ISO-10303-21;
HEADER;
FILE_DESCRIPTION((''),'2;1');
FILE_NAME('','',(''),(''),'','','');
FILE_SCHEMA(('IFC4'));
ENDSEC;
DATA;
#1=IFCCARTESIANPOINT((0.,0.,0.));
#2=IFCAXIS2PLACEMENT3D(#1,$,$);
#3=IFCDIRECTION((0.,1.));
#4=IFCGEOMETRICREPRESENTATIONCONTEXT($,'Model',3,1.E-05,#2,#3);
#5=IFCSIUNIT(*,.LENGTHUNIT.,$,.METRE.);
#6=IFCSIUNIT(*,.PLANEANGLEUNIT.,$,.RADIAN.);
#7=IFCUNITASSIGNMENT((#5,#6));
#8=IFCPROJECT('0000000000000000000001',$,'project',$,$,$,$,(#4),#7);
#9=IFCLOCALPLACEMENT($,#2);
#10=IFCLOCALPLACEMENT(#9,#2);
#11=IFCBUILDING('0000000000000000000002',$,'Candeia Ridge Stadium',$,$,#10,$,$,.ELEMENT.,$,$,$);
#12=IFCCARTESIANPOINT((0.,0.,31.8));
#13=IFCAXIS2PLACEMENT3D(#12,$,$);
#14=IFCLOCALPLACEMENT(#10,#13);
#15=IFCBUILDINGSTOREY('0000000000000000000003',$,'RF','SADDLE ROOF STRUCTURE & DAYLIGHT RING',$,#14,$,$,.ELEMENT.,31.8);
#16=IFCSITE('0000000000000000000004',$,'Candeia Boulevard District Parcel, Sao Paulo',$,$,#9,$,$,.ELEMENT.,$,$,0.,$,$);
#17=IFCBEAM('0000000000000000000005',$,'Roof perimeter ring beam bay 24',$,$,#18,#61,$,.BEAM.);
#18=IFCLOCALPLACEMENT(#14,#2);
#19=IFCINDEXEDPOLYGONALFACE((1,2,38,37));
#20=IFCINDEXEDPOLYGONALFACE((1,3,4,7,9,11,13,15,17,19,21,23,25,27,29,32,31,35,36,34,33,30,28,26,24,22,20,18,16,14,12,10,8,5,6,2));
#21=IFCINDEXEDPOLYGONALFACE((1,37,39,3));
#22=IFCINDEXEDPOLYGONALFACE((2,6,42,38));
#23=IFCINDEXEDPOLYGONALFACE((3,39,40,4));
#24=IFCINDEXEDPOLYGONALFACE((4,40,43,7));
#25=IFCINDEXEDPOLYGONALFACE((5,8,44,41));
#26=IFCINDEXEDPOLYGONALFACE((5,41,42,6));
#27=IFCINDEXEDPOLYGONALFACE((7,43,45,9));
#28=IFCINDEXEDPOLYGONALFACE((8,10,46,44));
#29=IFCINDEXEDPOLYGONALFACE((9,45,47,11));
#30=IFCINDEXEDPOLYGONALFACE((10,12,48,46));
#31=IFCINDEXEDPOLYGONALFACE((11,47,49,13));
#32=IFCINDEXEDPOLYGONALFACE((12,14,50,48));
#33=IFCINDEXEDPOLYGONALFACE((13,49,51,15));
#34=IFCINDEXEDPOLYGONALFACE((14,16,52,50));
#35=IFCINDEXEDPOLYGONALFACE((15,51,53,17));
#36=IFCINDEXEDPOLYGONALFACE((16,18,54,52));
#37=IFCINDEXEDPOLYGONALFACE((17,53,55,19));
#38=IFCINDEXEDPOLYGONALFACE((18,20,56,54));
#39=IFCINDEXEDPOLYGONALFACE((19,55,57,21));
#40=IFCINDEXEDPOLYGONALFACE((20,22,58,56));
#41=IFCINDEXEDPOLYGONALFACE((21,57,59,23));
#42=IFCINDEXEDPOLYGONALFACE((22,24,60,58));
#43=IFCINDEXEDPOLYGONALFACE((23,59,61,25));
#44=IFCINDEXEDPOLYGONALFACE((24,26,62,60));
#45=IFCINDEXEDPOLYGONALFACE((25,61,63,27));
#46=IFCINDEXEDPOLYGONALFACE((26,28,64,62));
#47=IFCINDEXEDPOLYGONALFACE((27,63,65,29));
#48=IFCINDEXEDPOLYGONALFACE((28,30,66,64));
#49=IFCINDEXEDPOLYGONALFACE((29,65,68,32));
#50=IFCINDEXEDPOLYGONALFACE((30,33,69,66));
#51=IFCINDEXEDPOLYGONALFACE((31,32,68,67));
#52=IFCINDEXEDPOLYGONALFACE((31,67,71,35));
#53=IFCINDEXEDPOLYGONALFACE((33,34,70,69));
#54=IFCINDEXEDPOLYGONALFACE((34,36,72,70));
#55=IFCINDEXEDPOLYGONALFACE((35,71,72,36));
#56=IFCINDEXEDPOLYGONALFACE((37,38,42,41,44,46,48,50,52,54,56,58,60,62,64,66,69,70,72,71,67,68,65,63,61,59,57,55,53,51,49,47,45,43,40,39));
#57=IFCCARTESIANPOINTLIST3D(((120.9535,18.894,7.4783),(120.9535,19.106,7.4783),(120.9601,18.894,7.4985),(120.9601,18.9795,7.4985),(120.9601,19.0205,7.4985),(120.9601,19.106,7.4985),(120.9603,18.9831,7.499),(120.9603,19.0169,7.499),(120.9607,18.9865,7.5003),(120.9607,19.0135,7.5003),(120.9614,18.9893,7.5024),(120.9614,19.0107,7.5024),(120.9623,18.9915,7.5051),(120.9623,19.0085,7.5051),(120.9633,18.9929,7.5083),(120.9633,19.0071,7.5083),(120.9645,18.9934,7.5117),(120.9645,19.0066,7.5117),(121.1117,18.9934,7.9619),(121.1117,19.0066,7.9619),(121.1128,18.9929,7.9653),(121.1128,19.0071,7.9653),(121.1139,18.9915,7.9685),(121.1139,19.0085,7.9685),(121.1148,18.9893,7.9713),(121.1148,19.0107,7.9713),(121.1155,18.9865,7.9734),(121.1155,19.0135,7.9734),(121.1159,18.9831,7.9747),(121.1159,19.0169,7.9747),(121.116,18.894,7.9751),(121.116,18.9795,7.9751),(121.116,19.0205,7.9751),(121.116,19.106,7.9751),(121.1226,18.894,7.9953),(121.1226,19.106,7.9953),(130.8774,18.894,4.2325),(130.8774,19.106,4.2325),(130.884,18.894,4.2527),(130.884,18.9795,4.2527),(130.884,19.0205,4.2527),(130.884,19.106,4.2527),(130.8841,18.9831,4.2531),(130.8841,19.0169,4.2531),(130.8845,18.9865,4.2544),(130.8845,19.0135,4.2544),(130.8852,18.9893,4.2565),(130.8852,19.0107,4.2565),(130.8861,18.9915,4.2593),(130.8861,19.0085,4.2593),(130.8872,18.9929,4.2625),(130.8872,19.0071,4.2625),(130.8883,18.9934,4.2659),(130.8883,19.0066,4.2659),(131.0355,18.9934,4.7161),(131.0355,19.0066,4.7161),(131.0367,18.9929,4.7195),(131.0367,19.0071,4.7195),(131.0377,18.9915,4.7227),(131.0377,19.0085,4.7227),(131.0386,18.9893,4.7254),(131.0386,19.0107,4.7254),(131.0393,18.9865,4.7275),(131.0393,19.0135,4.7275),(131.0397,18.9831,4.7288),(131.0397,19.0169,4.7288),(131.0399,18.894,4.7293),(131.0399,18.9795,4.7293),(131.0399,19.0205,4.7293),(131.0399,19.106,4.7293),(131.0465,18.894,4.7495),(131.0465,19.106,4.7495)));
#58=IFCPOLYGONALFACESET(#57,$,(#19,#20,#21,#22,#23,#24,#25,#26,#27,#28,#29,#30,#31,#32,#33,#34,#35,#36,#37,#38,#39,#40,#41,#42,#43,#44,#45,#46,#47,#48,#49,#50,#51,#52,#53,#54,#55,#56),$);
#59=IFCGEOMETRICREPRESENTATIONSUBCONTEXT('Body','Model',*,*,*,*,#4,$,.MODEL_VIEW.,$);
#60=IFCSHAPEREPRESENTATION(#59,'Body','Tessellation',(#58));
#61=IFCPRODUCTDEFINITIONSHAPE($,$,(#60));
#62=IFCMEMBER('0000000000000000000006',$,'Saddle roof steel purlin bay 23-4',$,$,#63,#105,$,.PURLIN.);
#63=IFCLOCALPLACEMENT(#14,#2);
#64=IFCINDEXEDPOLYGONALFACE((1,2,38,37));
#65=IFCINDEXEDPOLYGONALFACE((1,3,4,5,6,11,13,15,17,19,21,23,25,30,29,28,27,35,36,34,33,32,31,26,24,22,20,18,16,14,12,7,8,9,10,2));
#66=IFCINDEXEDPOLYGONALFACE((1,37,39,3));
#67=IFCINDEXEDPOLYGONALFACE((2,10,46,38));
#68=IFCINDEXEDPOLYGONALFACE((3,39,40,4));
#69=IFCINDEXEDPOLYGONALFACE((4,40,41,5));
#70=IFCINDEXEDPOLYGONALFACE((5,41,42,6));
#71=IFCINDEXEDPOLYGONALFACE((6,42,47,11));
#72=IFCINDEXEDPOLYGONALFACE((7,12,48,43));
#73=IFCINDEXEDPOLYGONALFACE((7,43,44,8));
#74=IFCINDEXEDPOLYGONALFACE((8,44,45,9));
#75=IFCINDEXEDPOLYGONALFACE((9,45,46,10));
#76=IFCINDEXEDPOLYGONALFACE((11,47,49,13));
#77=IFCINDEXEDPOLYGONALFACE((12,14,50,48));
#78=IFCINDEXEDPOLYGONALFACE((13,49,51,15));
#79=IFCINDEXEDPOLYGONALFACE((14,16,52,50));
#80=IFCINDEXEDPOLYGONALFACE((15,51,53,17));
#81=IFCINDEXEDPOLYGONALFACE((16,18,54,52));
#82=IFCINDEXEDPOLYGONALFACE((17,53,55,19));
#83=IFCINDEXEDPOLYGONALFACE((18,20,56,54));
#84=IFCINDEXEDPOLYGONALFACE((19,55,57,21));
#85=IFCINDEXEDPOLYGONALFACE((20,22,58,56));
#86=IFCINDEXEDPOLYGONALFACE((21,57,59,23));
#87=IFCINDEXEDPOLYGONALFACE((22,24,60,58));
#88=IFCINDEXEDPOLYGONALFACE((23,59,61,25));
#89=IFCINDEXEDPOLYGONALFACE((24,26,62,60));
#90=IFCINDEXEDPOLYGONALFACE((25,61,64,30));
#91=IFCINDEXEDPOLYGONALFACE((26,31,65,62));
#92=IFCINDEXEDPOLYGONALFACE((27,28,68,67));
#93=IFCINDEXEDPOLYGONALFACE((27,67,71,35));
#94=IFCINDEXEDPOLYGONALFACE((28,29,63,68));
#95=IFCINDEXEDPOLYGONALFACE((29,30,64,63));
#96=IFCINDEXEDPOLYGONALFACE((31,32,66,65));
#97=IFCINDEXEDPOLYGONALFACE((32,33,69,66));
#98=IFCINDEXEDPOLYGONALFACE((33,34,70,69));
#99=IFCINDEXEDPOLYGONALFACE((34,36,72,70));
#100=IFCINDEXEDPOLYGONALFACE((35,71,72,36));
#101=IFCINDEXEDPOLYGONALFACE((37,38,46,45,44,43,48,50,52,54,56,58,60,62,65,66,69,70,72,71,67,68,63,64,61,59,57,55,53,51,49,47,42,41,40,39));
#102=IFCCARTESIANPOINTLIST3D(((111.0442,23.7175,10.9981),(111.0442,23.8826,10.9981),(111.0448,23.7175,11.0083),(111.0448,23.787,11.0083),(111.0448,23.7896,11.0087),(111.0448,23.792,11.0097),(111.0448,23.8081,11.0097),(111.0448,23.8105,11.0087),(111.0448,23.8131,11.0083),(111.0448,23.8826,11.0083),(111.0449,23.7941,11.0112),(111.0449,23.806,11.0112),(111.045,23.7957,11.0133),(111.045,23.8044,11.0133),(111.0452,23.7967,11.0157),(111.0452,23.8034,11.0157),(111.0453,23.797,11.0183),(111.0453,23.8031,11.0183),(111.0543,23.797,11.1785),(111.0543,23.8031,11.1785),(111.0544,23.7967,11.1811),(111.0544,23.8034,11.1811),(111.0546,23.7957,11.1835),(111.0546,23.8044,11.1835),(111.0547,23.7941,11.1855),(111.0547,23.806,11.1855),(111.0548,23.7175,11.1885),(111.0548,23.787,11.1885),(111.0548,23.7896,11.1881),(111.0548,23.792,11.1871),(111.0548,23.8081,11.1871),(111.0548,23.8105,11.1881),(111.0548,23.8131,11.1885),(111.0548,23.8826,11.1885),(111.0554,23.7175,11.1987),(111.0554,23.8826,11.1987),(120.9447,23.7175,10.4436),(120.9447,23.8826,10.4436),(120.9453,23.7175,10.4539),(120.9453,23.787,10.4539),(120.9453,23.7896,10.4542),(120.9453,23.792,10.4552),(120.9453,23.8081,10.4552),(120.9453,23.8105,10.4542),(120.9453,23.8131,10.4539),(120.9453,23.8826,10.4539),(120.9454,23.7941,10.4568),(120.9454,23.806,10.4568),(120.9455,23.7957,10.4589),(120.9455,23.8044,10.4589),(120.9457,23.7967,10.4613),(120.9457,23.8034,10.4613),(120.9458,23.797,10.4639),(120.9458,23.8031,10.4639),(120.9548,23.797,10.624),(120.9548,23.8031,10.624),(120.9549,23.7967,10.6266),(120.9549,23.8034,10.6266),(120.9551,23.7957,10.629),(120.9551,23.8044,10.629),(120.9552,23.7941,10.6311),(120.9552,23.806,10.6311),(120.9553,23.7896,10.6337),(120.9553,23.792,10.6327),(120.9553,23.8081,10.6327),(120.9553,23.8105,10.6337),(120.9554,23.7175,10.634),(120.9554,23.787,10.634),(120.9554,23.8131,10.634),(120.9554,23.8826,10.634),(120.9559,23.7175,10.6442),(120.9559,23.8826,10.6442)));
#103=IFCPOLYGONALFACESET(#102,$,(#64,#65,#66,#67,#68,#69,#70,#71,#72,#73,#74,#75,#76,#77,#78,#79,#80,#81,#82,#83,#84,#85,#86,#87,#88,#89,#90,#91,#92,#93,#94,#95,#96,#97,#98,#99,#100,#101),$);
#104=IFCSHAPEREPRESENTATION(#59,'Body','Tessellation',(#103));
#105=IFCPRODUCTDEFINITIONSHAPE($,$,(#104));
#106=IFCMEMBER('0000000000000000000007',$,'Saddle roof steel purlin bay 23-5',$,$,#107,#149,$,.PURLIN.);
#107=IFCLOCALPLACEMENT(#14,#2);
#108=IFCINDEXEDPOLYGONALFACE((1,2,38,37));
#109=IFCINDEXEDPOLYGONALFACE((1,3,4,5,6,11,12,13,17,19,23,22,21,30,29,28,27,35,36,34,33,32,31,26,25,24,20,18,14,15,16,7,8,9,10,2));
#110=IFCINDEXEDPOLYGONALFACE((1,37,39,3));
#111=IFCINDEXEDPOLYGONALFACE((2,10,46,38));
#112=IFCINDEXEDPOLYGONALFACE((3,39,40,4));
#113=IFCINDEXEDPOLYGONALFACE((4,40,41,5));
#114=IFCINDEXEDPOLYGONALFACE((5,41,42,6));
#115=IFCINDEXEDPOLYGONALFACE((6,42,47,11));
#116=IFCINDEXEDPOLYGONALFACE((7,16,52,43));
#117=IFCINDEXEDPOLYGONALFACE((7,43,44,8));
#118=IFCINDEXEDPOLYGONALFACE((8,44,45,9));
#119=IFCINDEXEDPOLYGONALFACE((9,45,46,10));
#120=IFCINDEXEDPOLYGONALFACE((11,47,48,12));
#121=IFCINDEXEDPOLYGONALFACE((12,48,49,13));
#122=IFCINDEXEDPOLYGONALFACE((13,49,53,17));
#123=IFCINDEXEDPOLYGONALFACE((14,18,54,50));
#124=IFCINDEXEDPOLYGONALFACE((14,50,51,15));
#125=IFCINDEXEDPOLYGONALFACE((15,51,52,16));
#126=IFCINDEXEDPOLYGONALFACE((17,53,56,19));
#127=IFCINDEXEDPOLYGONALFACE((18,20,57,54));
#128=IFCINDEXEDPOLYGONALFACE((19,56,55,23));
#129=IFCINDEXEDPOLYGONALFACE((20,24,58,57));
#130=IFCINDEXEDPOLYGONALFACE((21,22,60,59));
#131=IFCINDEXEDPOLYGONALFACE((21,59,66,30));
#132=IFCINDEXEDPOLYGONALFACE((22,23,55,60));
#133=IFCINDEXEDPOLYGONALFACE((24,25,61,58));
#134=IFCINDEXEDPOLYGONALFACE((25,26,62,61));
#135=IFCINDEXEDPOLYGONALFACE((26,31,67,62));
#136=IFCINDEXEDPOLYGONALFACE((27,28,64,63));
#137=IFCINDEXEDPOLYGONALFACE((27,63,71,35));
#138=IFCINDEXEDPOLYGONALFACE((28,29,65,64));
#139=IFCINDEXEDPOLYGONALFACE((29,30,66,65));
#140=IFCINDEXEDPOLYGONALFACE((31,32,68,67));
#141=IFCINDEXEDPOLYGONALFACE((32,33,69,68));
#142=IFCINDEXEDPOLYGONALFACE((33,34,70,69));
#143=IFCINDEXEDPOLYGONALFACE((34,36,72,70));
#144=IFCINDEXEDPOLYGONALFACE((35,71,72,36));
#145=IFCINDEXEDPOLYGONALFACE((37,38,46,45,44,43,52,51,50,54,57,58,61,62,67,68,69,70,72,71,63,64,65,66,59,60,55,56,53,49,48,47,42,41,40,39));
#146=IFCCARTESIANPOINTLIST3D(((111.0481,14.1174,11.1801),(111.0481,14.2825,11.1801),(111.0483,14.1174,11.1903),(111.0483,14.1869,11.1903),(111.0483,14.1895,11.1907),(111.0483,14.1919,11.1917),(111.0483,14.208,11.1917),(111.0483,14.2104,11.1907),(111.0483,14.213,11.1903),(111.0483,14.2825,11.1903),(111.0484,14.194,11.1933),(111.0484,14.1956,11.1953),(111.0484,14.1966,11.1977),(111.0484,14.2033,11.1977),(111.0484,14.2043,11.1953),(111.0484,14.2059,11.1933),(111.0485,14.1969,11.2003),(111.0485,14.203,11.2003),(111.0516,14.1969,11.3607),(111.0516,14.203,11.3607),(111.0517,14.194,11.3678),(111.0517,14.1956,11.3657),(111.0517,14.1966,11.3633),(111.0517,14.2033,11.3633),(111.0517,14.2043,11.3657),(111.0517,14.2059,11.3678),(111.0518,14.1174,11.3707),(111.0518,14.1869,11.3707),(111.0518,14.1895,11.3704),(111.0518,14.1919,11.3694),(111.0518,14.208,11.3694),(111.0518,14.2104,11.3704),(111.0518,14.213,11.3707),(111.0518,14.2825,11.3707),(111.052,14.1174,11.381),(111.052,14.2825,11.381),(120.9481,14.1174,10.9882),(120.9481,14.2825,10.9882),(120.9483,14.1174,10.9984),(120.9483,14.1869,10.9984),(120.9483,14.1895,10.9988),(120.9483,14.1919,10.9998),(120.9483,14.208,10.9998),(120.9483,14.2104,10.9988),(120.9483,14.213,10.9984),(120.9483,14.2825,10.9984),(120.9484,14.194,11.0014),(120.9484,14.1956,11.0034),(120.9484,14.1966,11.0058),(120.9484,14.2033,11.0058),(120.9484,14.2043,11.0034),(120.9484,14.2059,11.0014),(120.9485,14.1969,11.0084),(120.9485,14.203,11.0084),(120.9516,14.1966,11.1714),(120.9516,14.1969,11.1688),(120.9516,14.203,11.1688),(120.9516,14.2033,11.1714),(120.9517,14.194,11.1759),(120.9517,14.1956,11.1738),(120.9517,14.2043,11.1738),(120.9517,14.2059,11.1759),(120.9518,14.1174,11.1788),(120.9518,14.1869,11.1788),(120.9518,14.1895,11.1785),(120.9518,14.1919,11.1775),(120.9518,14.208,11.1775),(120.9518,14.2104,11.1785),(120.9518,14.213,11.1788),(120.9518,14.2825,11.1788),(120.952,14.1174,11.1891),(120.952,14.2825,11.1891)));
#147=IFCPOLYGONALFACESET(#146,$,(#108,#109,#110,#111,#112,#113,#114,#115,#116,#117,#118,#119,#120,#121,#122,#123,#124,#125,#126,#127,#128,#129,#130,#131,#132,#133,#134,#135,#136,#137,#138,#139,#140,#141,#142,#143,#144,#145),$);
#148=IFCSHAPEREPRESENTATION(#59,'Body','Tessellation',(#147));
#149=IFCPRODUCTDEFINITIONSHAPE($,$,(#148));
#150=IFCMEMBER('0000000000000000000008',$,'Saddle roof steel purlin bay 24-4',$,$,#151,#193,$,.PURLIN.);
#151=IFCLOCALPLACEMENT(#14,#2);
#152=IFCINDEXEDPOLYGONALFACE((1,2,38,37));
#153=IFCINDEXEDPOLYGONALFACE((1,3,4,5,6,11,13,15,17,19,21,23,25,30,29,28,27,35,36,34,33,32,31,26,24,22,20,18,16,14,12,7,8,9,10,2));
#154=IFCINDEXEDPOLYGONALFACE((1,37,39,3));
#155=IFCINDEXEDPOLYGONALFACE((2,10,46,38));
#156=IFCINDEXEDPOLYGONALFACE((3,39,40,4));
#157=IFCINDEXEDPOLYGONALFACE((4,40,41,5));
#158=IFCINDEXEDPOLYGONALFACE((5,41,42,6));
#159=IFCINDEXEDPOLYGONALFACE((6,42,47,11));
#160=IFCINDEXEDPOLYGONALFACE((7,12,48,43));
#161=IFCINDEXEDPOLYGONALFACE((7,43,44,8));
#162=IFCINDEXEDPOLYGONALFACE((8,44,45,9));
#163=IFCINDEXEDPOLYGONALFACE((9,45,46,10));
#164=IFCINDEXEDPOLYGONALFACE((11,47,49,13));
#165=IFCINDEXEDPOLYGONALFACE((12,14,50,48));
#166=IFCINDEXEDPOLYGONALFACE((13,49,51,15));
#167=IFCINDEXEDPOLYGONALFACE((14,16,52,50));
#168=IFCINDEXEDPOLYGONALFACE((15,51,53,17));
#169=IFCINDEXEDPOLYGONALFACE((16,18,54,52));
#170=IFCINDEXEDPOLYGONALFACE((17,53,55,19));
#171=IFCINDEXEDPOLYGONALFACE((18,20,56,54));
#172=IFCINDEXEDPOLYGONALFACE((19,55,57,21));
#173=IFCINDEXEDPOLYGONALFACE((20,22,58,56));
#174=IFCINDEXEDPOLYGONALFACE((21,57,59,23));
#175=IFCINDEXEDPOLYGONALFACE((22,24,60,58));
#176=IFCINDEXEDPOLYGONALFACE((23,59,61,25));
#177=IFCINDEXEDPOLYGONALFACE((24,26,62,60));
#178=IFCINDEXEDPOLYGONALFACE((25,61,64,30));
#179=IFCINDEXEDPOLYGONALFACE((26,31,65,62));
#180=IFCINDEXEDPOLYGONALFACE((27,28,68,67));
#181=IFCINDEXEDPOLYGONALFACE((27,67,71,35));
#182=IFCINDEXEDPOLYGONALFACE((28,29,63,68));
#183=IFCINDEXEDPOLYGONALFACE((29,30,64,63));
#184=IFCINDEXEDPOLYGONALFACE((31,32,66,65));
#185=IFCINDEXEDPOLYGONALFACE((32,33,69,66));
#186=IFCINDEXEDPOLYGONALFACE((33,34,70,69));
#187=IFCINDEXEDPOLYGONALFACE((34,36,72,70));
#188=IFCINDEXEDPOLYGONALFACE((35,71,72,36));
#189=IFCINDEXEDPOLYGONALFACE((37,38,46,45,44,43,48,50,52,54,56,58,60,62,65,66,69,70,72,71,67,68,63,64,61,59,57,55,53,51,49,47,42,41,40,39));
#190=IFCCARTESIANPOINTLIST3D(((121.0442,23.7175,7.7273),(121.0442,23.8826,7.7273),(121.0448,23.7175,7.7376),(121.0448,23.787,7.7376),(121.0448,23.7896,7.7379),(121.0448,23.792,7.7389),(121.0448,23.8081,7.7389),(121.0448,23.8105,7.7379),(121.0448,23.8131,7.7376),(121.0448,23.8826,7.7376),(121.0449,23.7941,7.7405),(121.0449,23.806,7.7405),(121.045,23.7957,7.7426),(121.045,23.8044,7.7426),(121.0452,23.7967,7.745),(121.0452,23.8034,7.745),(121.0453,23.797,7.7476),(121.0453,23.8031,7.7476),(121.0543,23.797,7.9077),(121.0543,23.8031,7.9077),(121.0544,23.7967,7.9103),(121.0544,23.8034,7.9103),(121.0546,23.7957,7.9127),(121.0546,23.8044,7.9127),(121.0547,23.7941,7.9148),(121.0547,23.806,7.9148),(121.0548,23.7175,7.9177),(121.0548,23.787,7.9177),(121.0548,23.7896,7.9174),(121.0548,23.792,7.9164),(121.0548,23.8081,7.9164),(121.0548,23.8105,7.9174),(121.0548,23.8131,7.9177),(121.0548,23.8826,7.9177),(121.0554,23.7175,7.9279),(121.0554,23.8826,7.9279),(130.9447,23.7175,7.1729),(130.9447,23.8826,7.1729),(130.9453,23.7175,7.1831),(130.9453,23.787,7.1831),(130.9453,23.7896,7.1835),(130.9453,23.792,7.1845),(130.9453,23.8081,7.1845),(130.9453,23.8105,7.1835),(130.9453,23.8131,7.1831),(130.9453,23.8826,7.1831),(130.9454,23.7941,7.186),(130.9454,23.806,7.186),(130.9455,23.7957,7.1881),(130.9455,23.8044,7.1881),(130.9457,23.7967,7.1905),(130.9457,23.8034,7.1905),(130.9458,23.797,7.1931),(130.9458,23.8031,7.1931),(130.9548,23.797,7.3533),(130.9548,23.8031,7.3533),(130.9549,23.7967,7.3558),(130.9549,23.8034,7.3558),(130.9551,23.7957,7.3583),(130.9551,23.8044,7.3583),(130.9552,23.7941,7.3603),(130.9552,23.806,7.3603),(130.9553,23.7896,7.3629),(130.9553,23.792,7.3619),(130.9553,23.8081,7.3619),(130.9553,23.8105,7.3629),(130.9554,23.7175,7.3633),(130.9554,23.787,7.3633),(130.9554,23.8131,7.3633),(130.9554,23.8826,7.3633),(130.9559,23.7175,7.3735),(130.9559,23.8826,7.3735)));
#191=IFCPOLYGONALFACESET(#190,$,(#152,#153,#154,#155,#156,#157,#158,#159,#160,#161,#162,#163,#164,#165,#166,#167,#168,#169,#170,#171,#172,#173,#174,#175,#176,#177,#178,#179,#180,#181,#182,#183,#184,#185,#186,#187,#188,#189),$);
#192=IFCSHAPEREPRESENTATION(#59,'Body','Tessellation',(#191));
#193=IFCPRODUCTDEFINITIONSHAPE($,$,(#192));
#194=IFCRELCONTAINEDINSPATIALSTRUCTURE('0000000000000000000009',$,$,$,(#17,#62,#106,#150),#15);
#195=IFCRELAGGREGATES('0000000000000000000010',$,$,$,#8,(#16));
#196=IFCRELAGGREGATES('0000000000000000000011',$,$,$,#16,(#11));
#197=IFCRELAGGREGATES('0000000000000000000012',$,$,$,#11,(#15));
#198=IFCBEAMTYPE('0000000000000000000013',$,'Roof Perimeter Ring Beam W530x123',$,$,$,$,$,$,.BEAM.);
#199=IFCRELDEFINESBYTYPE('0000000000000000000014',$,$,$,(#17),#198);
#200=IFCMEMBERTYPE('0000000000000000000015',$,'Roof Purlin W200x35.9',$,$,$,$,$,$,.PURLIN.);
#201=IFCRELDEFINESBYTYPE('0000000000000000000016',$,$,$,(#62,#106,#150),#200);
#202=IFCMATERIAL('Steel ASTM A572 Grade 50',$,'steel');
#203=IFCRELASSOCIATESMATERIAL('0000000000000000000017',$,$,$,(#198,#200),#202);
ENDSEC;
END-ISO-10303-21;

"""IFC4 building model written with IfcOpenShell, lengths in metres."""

from ifc_helpers import new_model, si_unit, direction, frame, origin, origin_2d, place, context, subcontext, project, spatial, i_section, extrude, material, material_profile, profile_set, type_object, element, save


model = new_model("IFC4")

# Units and contexts
model_context = context("Model", 3, precision=1e-05, world=origin(), true_north=direction((0.0, 1.0)))
body_context = subcontext(model_context, "Body", "Model", "MODEL_VIEW")
ifc_project = project(units=[si_unit("LENGTHUNIT", "METRE"), si_unit("PLANEANGLEUNIT", "RADIAN")], contexts=[model_context])

# Site, building, storey
site_placement = place(None, origin())
site = spatial("IfcSite", under=ifc_project, at=site_placement, Name="Candeia Boulevard District Parcel, Sao Paulo", CompositionType="ELEMENT", RefElevation=0.0)
building_placement = place(site_placement, origin())
building = spatial("IfcBuilding", under=site, at=building_placement, Name="Candeia Ridge Stadium", CompositionType="ELEMENT")
storey_placement = place(building_placement, frame((0.0, 0.0, 31.8)))
storey = spatial("IfcBuildingStorey", under=building, at=storey_placement, Name="RF", Description="SADDLE ROOF STRUCTURE & DAYLIGHT RING", CompositionType="ELEMENT", Elevation=31.8)

# Shared definitions
ifc_material_1 = material(Name="Steel ASTM A572 Grade 50", Category="steel")

# Beam
ifc_material_profile_1 = material_profile(ifc_material_1, i_section(OverallWidth=0.2119, OverallDepth=0.5439, WebThickness=0.0132, FlangeThickness=0.0212, FilletRadius=0.0139, at=origin_2d()), Name="W530x123", Category="steel")
ifc_profile_set_1 = profile_set([ifc_material_profile_1], Name="Steel ASTM A572 Grade 50")
beam_type_1 = type_object("IfcBeamType", Name="Roof Perimeter Ring Beam W530x123", PredefinedType="BEAM", material=ifc_profile_set_1)
beam_1_placement = place(storey_placement, frame((121.0381, 19.0, 7.7368), z_axis=(0.950452, 0.0, -0.31087), x_axis=(0.0, 1.0, 0.0)))
element("IfcBeam", 1, at=beam_1_placement, inside=storey, type_object=beam_type_1, Name="Roof perimeter ring beam bay 24", PredefinedType="BEAM", context=body_context, shape_type="SweptSolid", body=[
    extrude(i_section(OverallWidth=0.2119, OverallDepth=0.5439, WebThickness=0.0132, FlangeThickness=0.0212, FilletRadius=0.0139, at=origin_2d()), origin(), (0.0, 0.0, 1.0), 10.4412),
])

# Members
ifc_material_profile_2 = material_profile(ifc_material_1, i_section(OverallWidth=0.165, OverallDepth=0.2009, WebThickness=0.0061, FlangeThickness=0.0103, FilletRadius=0.01, at=origin_2d()), Name="W200x35.9", Category="steel")
ifc_profile_set_2 = profile_set([ifc_material_profile_2], Name="Steel ASTM A572 Grade 50")
member_type_1 = type_object("IfcMemberType", Name="Roof Purlin W200x35.9", PredefinedType="PURLIN", material=ifc_profile_set_2)
member_1_placement = place(storey_placement, frame((111.0498, 23.8, 11.0984), z_axis=(0.998436, 0.0, -0.055915), x_axis=(0.0, 1.0, 0.0)))
element("IfcMember", 2, at=member_1_placement, inside=storey, type_object=member_type_1, Name="Saddle roof steel purlin bay 23-4", PredefinedType="PURLIN", context=body_context, shape_type="SweptSolid", body=[
    extrude(i_section(OverallWidth=0.165, OverallDepth=0.2009, WebThickness=0.0061, FlangeThickness=0.0103, FilletRadius=0.01, at=origin_2d()), origin(), (0.0, 0.0, 1.0), 9.916),
])
member_2_placement = place(storey_placement, frame((111.05, 14.2, 11.2805), z_axis=(0.999812, 0.0, -0.01938), x_axis=(0.0, 1.0, 0.0)))
element("IfcMember", 3, at=member_2_placement, inside=storey, type_object=member_type_1, Name="Saddle roof steel purlin bay 23-5", PredefinedType="PURLIN", context=body_context, shape_type="SweptSolid", body=[
    extrude(i_section(OverallWidth=0.165, OverallDepth=0.2009, WebThickness=0.0061, FlangeThickness=0.0103, FilletRadius=0.01, at=origin_2d()), origin(), (0.0, 0.0, 1.0), 9.9019),
])
member_3_placement = place(storey_placement, frame((121.0498, 23.8, 7.8276), z_axis=(0.998436, 0.0, -0.055915), x_axis=(0.0, 1.0, 0.0)))
element("IfcMember", 4, at=member_3_placement, inside=storey, type_object=member_type_1, Name="Saddle roof steel purlin bay 24-4", PredefinedType="PURLIN", context=body_context, shape_type="SweptSolid", body=[
    extrude(i_section(OverallWidth=0.165, OverallDepth=0.2009, WebThickness=0.0061, FlangeThickness=0.0103, FilletRadius=0.01, at=origin_2d()), origin(), (0.0, 0.0, 1.0), 9.916),
])

save(model, "model.ifc")
